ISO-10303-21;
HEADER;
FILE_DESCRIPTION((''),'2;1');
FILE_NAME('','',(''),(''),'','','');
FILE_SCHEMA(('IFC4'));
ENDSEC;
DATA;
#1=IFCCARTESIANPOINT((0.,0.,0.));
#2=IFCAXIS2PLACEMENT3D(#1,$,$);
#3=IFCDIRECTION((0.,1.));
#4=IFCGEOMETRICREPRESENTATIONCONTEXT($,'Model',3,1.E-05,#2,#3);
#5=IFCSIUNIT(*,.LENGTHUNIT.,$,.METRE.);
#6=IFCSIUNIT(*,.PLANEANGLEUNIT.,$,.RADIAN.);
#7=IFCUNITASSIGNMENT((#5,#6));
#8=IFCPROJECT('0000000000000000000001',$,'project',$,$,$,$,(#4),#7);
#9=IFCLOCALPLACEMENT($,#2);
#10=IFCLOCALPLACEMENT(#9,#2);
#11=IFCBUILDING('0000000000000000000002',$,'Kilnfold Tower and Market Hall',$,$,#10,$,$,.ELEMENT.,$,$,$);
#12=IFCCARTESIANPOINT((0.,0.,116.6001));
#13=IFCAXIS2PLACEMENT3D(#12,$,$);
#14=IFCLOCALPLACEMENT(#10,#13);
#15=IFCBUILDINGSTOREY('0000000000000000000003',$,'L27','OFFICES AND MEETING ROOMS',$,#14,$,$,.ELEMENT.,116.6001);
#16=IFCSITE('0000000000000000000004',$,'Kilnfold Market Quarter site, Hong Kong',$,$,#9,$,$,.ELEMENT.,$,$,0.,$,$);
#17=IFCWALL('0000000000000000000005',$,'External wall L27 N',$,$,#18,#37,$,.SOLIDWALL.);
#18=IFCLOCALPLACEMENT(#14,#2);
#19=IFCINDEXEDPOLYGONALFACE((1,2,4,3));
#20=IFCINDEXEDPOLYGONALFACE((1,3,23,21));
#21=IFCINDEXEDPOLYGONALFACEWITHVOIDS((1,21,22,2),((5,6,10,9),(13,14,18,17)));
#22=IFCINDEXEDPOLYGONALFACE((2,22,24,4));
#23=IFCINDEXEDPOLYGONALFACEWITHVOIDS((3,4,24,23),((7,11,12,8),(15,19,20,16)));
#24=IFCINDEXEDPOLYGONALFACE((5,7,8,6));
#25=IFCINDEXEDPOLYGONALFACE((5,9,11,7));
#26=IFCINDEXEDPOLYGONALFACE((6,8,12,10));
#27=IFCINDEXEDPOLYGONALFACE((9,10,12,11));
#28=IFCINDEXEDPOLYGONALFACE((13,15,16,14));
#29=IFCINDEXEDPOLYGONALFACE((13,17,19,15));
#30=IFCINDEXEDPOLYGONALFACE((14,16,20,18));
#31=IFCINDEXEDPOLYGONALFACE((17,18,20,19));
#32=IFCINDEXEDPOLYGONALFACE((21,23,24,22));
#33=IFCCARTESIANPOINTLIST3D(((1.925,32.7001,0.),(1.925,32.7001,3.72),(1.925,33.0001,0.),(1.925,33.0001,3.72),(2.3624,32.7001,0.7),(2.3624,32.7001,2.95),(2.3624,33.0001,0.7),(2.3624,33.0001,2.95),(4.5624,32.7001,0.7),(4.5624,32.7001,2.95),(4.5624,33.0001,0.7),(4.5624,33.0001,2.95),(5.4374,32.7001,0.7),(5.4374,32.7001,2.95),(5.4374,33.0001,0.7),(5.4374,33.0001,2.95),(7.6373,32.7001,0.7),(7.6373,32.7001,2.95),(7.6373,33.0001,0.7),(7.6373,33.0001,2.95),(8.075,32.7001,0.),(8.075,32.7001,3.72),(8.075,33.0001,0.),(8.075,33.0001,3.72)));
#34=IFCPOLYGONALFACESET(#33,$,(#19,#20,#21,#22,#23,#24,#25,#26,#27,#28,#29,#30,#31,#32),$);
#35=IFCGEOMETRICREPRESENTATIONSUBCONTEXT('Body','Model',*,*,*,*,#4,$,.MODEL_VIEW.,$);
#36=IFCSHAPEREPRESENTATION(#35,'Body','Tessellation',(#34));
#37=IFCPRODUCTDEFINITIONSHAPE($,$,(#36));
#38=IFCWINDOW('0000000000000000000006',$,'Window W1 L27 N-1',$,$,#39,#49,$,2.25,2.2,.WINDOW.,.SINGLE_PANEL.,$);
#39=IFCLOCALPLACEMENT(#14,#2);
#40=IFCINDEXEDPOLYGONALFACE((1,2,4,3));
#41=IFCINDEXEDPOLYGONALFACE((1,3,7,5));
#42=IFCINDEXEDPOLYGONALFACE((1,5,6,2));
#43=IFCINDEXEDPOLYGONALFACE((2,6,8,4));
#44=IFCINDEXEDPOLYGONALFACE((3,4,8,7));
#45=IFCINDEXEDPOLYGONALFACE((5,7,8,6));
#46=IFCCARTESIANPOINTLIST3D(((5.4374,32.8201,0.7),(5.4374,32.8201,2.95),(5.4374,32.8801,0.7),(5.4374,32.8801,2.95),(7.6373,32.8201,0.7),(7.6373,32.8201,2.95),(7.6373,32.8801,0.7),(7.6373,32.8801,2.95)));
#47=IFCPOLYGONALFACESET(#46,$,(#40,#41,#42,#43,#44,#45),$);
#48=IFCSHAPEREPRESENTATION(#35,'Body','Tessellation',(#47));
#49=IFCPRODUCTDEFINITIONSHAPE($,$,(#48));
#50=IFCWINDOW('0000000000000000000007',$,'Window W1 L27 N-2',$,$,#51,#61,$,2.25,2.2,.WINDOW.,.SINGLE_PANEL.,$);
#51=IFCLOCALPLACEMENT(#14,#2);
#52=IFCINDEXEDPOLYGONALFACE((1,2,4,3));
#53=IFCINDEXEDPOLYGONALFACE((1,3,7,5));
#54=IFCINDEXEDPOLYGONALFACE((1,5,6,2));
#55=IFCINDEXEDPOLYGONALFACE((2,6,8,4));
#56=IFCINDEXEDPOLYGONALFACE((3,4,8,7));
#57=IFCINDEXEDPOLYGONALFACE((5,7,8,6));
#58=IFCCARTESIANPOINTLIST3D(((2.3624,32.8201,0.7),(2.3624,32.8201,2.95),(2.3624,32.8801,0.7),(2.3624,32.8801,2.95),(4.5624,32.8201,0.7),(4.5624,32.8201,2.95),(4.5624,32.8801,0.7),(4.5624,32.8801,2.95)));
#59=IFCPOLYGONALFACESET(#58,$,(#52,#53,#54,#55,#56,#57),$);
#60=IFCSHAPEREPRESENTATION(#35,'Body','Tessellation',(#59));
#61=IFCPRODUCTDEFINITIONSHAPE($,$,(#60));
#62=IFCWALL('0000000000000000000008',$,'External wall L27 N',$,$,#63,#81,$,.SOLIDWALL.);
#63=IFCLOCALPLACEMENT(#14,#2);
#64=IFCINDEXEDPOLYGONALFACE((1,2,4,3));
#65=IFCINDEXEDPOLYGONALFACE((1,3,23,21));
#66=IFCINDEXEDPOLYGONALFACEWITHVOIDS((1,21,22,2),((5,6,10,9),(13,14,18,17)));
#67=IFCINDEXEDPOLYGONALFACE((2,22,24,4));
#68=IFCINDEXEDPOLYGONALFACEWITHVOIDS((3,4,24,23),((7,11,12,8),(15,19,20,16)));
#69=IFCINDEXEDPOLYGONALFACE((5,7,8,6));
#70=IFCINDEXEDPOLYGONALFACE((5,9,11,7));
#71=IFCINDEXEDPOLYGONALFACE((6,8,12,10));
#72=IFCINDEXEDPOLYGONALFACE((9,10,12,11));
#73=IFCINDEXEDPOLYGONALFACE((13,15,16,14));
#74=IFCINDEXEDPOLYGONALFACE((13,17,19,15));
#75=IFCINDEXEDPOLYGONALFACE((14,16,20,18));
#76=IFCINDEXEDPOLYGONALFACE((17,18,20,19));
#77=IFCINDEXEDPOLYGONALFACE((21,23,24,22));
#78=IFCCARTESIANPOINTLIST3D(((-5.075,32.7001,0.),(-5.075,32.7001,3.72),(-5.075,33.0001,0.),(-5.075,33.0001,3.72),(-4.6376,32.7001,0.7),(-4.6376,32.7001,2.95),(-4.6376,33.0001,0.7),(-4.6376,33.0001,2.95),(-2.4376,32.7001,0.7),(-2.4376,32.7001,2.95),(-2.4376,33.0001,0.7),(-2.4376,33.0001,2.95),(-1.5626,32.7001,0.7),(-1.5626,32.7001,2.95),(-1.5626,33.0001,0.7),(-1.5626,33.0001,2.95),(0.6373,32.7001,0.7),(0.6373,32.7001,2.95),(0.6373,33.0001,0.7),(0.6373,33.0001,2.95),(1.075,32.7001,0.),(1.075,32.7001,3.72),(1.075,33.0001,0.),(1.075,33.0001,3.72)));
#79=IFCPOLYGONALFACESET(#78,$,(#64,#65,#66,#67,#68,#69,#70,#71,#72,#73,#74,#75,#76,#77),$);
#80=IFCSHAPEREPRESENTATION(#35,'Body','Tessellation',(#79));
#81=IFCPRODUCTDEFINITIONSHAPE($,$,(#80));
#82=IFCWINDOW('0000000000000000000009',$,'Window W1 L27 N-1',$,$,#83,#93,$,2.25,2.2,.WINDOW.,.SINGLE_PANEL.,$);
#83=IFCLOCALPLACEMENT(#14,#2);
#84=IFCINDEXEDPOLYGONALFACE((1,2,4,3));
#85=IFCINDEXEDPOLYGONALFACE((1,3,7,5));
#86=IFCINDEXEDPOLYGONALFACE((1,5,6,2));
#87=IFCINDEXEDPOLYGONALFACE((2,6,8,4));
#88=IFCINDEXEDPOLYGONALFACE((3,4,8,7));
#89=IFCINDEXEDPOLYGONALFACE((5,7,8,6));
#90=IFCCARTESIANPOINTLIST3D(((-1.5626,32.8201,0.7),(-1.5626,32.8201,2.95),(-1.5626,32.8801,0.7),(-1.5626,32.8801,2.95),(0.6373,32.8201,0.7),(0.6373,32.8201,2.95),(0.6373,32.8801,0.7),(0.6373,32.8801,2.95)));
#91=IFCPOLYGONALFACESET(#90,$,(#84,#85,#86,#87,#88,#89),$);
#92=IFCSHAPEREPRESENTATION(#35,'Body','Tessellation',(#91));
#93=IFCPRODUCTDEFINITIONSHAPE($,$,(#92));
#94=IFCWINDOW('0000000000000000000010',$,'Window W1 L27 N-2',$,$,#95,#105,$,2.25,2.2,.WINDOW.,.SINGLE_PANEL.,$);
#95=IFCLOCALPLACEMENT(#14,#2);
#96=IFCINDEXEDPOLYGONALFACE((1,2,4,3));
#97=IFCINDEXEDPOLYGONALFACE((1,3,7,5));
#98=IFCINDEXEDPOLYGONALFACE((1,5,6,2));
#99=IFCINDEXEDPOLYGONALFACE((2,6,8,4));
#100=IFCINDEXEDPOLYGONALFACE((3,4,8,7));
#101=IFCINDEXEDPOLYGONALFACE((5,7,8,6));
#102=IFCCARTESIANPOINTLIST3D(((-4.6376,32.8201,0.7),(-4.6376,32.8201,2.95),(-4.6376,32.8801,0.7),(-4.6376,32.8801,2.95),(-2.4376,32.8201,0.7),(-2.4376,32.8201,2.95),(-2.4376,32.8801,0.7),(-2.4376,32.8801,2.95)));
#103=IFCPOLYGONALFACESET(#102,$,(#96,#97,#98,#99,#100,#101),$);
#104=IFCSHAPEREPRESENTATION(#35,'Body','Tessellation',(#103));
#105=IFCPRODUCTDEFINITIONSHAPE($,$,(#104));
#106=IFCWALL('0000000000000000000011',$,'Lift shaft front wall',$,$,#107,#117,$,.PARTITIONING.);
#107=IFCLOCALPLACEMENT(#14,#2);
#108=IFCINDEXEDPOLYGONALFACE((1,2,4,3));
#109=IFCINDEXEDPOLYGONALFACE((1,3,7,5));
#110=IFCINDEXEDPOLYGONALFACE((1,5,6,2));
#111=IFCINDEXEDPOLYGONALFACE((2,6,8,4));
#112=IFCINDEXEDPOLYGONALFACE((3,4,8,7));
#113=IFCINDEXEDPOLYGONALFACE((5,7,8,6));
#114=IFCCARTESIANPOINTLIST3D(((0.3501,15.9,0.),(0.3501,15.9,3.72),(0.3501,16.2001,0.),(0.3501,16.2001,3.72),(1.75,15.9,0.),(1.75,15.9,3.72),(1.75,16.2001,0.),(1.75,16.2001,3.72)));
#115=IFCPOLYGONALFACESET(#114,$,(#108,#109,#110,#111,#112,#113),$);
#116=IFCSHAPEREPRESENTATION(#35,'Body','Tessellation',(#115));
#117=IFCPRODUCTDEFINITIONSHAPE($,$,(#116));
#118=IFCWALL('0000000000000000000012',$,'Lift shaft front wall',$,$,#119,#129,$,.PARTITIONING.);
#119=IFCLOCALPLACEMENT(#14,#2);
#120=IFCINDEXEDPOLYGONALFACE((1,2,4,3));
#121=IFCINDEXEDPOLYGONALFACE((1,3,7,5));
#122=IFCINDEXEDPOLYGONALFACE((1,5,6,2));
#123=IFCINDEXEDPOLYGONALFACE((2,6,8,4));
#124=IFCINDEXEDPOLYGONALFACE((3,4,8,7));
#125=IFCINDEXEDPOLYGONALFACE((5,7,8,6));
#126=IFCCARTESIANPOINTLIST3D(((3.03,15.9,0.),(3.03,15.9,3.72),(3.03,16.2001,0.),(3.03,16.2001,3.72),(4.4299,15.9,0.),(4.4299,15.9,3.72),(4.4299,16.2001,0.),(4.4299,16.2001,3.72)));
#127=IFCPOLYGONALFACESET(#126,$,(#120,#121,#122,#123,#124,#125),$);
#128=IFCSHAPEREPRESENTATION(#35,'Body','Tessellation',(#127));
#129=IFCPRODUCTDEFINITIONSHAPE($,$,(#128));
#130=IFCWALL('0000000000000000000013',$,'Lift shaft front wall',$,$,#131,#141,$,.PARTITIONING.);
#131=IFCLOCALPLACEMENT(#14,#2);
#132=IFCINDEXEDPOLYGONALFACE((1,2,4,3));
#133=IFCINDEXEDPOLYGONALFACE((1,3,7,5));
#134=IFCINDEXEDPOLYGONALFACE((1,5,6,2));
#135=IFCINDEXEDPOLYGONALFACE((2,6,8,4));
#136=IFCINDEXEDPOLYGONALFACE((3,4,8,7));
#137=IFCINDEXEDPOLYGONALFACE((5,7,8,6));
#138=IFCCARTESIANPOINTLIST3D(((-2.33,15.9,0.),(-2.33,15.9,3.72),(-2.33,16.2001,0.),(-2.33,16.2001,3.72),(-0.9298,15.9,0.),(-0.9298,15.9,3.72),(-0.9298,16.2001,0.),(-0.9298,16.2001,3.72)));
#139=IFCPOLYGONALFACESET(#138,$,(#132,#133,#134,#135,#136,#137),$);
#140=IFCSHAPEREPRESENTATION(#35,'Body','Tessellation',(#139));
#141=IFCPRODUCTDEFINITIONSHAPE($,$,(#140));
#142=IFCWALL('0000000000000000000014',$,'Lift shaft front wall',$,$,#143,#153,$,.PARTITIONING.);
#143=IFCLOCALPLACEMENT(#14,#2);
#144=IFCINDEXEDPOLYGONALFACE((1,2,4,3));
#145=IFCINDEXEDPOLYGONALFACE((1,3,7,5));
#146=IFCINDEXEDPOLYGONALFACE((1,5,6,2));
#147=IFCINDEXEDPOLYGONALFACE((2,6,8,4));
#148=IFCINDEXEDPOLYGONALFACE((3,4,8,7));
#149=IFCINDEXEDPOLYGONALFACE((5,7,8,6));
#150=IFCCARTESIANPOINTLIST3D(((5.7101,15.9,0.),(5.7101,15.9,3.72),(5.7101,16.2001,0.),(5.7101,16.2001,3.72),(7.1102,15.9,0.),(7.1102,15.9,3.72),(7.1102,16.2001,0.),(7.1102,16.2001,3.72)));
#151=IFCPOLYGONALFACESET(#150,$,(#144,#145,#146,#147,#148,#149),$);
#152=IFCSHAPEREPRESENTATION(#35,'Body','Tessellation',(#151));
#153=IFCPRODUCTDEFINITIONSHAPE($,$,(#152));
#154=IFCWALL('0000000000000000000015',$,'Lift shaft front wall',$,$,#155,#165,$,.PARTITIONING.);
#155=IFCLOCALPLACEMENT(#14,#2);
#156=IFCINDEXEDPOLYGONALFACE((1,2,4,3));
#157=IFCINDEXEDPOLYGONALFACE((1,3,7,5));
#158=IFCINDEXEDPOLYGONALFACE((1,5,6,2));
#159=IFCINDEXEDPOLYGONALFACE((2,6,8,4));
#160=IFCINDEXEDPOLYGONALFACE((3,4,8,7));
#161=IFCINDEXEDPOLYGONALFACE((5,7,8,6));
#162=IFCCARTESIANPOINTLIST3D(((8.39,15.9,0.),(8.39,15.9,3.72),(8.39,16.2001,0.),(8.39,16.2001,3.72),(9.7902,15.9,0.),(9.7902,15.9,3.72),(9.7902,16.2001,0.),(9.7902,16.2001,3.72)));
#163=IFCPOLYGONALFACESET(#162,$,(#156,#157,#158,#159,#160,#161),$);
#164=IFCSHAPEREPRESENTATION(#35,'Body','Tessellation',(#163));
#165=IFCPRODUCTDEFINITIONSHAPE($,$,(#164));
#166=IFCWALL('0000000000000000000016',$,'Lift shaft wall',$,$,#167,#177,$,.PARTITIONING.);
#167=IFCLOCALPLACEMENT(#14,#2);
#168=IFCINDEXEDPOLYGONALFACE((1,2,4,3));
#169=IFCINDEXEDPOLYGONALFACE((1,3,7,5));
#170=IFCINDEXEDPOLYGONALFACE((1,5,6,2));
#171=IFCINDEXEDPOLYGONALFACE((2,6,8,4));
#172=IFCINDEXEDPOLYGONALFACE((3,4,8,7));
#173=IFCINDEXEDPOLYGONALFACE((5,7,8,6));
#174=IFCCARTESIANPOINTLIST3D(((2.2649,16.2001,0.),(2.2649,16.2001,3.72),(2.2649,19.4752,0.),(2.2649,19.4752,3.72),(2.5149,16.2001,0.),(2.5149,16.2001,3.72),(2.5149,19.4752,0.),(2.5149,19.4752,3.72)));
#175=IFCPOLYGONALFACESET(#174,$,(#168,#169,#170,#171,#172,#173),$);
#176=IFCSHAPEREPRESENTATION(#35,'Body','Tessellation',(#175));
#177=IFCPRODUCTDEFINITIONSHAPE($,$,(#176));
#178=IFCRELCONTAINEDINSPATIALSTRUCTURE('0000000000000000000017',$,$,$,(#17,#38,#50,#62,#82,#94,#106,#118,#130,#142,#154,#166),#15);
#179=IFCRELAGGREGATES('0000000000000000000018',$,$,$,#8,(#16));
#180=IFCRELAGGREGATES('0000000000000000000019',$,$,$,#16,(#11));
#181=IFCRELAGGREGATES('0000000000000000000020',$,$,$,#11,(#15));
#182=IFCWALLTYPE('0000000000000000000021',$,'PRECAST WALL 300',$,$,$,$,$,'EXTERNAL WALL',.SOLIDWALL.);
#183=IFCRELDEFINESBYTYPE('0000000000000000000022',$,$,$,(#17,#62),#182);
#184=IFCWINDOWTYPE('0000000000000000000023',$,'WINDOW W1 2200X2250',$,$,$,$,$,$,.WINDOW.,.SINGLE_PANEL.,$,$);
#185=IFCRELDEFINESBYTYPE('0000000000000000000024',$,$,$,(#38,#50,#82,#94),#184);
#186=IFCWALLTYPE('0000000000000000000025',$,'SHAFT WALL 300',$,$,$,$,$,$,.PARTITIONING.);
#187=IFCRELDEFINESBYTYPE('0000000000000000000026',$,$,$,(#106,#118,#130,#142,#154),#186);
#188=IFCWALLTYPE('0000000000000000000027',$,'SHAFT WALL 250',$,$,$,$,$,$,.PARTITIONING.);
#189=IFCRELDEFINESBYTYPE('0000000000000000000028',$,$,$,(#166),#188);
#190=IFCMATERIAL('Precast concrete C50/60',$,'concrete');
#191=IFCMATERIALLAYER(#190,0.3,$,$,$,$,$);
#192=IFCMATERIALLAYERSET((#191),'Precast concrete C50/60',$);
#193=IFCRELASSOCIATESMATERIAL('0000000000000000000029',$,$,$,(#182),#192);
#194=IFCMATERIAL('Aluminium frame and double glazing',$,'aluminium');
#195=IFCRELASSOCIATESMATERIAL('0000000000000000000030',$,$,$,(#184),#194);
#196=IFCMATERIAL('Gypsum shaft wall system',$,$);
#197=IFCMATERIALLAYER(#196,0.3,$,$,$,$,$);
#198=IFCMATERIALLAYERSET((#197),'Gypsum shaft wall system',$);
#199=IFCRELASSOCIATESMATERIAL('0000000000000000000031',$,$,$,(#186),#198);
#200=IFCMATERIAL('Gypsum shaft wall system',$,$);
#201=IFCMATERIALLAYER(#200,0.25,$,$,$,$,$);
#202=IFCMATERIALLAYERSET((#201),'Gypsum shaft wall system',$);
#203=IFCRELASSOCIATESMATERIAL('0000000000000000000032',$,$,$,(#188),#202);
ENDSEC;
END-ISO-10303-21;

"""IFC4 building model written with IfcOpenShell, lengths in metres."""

from ifc_helpers import new_model, si_unit, direction, frame, frame_2d, origin, place, context, subcontext, project, spatial, rectangle, extrude, source, transform, mapped, material, layer, layer_set, type_object, element, fill, save


model = new_model("IFC4")

# Units and contexts
model_context = context("Model", 3, precision=1e-05, world=origin(), true_north=direction((0.0, 1.0)))
body_context = subcontext(model_context, "Body", "Model", "MODEL_VIEW")
ifc_project = project(units=[si_unit("LENGTHUNIT", "METRE"), si_unit("PLANEANGLEUNIT", "RADIAN")], contexts=[model_context])

# Site, building, storey
site_placement = place(None, origin())
site = spatial("IfcSite", under=ifc_project, at=site_placement, Name="Kilnfold Market Quarter site, Hong Kong", CompositionType="ELEMENT", RefElevation=0.0)
building_placement = place(site_placement, origin())
building = spatial("IfcBuilding", under=site, at=building_placement, Name="Kilnfold Tower and Market Hall", CompositionType="ELEMENT")
storey_placement = place(building_placement, frame((0.0, 0.0, 116.6001)))
storey = spatial("IfcBuildingStorey", under=building, at=storey_placement, Name="L27", Description="OFFICES AND MEETING ROOMS", CompositionType="ELEMENT", Elevation=116.6001)

# Walls, openings, windows
ifc_material_1 = material(Name="Precast concrete C50/60", Category="concrete")
ifc_layer_1 = layer(ifc_material_1, 0.3)
ifc_layer_set_1 = layer_set([ifc_layer_1], Name="Precast concrete C50/60")
wall_type_1 = type_object("IfcWallType", Name="PRECAST WALL 300", ElementType="EXTERNAL WALL", PredefinedType="SOLIDWALL", material=ifc_layer_set_1)
shared_shape_1 = source(origin(), body_context, "Body", "SweptSolid", [
    extrude(rectangle(XDim=6.1499, YDim=0.3, at=frame_2d((3.075, 0.0))), origin(), (0.0, 0.0, 1.0), 3.72),
])
wall_1_placement = place(storey_placement, frame((8.075, 32.8501, 0.0), z_axis=(0.0, 0.0, 1.0), x_axis=(-1.0, 0.0, 0.0)))
wall_1 = element("IfcWall", 1, at=wall_1_placement, inside=storey, type_object=wall_type_1, Name="External wall L27 N", PredefinedType="SOLIDWALL", context=body_context, shape_type="MappedRepresentation", body=[
    mapped(shared_shape_1, transform((0.0, 0.0, 0.0))),
])
opening_1_placement = place(wall_1_placement, frame((0.4375, 0.0, 0.7)))
opening_1 = element("IfcOpeningElement", 2, at=opening_1_placement, cuts=wall_1, PredefinedType="OPENING", context=body_context, shape_type="SweptSolid", body=[
    extrude(rectangle(XDim=2.2, YDim=2.25, at=frame_2d((1.1001, 1.125))), frame((0.0, 0.1602, 0.0), z_axis=(0.0, -1.0, 0.0), x_axis=(1.0, 0.0, 0.0)), (0.0, 0.0, 1.0), 0.3201),
])
opening_2_placement = place(wall_1_placement, frame((3.5125, 0.0, 0.7)))
opening_2 = element("IfcOpeningElement", 3, at=opening_2_placement, cuts=wall_1, PredefinedType="OPENING", context=body_context, shape_type="SweptSolid", body=[
    extrude(rectangle(XDim=2.2, YDim=2.25, at=frame_2d((1.1001, 1.125))), frame((0.0, 0.1602, 0.0), z_axis=(0.0, -1.0, 0.0), x_axis=(1.0, 0.0, 0.0)), (0.0, 0.0, 1.0), 0.3201),
])
ifc_material_2 = material(Name="Aluminium frame and double glazing", Category="aluminium")
window_type = type_object("IfcWindowType", Name="WINDOW W1 2200X2250", PartitioningType="SINGLE_PANEL", PredefinedType="WINDOW", material=ifc_material_2)
window_1_placement = place(opening_1_placement, origin())
window_1 = element("IfcWindow", 4, at=window_1_placement, inside=storey, type_object=window_type, Name="Window W1 L27 N-1", OverallHeight=2.25, OverallWidth=2.2, PartitioningType="SINGLE_PANEL", PredefinedType="WINDOW", context=body_context, shape_type="SweptSolid", body=[
    extrude(rectangle(XDim=2.2, YDim=2.25, at=frame_2d((1.1001, 1.125))), frame((0.0, 0.03, 0.0), z_axis=(0.0, -1.0, 0.0), x_axis=(1.0, 0.0, 0.0)), (0.0, 0.0, 1.0), 0.0601),
])
fill(opening_1, window_1)
window_2_placement = place(opening_2_placement, origin())
window_2 = element("IfcWindow", 5, at=window_2_placement, inside=storey, type_object=window_type, Name="Window W1 L27 N-2", OverallHeight=2.25, OverallWidth=2.2, PartitioningType="SINGLE_PANEL", PredefinedType="WINDOW", context=body_context, shape_type="SweptSolid", body=[
    extrude(rectangle(XDim=2.2, YDim=2.25, at=frame_2d((1.1001, 1.125))), frame((0.0, 0.03, 0.0), z_axis=(0.0, -1.0, 0.0), x_axis=(1.0, 0.0, 0.0)), (0.0, 0.0, 1.0), 0.0601),
])
fill(opening_2, window_2)
wall_2_placement = place(storey_placement, frame((1.075, 32.8501, 0.0), z_axis=(0.0, 0.0, 1.0), x_axis=(-1.0, 0.0, 0.0)))
wall_2 = element("IfcWall", 6, at=wall_2_placement, inside=storey, type_object=wall_type_1, Name="External wall L27 N", PredefinedType="SOLIDWALL", context=body_context, shape_type="MappedRepresentation", body=[
    mapped(shared_shape_1, transform((0.0, 0.0, 0.0))),
])
opening_3_placement = place(wall_2_placement, frame((0.4375, 0.0, 0.7)))
opening_3 = element("IfcOpeningElement", 7, at=opening_3_placement, cuts=wall_2, PredefinedType="OPENING", context=body_context, shape_type="SweptSolid", body=[
    extrude(rectangle(XDim=2.2, YDim=2.25, at=frame_2d((1.1001, 1.125))), frame((0.0, 0.1602, 0.0), z_axis=(0.0, -1.0, 0.0), x_axis=(1.0, 0.0, 0.0)), (0.0, 0.0, 1.0), 0.3201),
])
opening_4_placement = place(wall_2_placement, frame((3.5125, 0.0, 0.7)))
opening_4 = element("IfcOpeningElement", 8, at=opening_4_placement, cuts=wall_2, PredefinedType="OPENING", context=body_context, shape_type="SweptSolid", body=[
    extrude(rectangle(XDim=2.2, YDim=2.25, at=frame_2d((1.1001, 1.125))), frame((0.0, 0.1602, 0.0), z_axis=(0.0, -1.0, 0.0), x_axis=(1.0, 0.0, 0.0)), (0.0, 0.0, 1.0), 0.3201),
])
window_3_placement = place(opening_3_placement, origin())
window_3 = element("IfcWindow", 9, at=window_3_placement, inside=storey, type_object=window_type, Name="Window W1 L27 N-1", OverallHeight=2.25, OverallWidth=2.2, PartitioningType="SINGLE_PANEL", PredefinedType="WINDOW", context=body_context, shape_type="SweptSolid", body=[
    extrude(rectangle(XDim=2.2, YDim=2.25, at=frame_2d((1.1001, 1.125))), frame((0.0, 0.03, 0.0), z_axis=(0.0, -1.0, 0.0), x_axis=(1.0, 0.0, 0.0)), (0.0, 0.0, 1.0), 0.0601),
])
fill(opening_3, window_3)
window_4_placement = place(opening_4_placement, origin())
window_4 = element("IfcWindow", 10, at=window_4_placement, inside=storey, type_object=window_type, Name="Window W1 L27 N-2", OverallHeight=2.25, OverallWidth=2.2, PartitioningType="SINGLE_PANEL", PredefinedType="WINDOW", context=body_context, shape_type="SweptSolid", body=[
    extrude(rectangle(XDim=2.2, YDim=2.25, at=frame_2d((1.1001, 1.125))), frame((0.0, 0.03, 0.0), z_axis=(0.0, -1.0, 0.0), x_axis=(1.0, 0.0, 0.0)), (0.0, 0.0, 1.0), 0.0601),
])
fill(opening_4, window_4)

# Walls
ifc_material_3 = material(Name="Gypsum shaft wall system")
ifc_layer_2 = layer(ifc_material_3, 0.3)
ifc_layer_set_2 = layer_set([ifc_layer_2], Name="Gypsum shaft wall system")
wall_type_2 = type_object("IfcWallType", Name="SHAFT WALL 300", PredefinedType="PARTITIONING", material=ifc_layer_set_2)
shared_shape_2 = source(origin(), body_context, "Body", "SweptSolid", [
    extrude(rectangle(XDim=1.3999, YDim=0.3, at=frame_2d((0.7, 0.0))), origin(), (0.0, 0.0, 1.0), 3.72),
])
for number, where, z_axis, x_axis, name in (
    (11, (0.3501, 16.05, 0.0), (0.0, 0.0, 1.0), (1.0, 0.0, 0.0), "Lift shaft front wall"),
    (12, (3.03, 16.05, 0.0), (0.0, 0.0, 1.0), (1.0, 0.0, 0.0), "Lift shaft front wall"),
):
    element("IfcWall", number, at=place(storey_placement, frame(where, z_axis=z_axis, x_axis=x_axis)), inside=storey, type_object=wall_type_2, Name=name, PredefinedType="PARTITIONING", context=body_context, shape_type="MappedRepresentation", body=[
        mapped(shared_shape_2, transform((0.0, 0.0, 0.0))),
    ])
shared_shape_3 = source(origin(), body_context, "Body", "SweptSolid", [
    extrude(rectangle(XDim=1.4001, YDim=0.3, at=frame_2d((0.7002, 0.0))), origin(), (0.0, 0.0, 1.0), 3.72),
])
for number, where, z_axis, x_axis, name in (
    (13, (-2.3301, 16.05, 0.0), (0.0, 0.0, 1.0), (1.0, 0.0, 0.0), "Lift shaft front wall"),
    (14, (5.71, 16.05, 0.0), (0.0, 0.0, 1.0), (1.0, 0.0, 0.0), "Lift shaft front wall"),
    (15, (8.3899, 16.05, 0.0), (0.0, 0.0, 1.0), (1.0, 0.0, 0.0), "Lift shaft front wall"),
):
    element("IfcWall", number, at=place(storey_placement, frame(where, z_axis=z_axis, x_axis=x_axis)), inside=storey, type_object=wall_type_2, Name=name, PredefinedType="PARTITIONING", context=body_context, shape_type="MappedRepresentation", body=[
        mapped(shared_shape_3, transform((0.0, 0.0, 0.0))),
    ])
ifc_material_4 = material(Name="Gypsum shaft wall system")
ifc_layer_3 = layer(ifc_material_4, 0.25)
ifc_layer_set_3 = layer_set([ifc_layer_3], Name="Gypsum shaft wall system")
wall_type_3 = type_object("IfcWallType", Name="SHAFT WALL 250", PredefinedType="PARTITIONING", material=ifc_layer_set_3)
shared_shape_4 = source(origin(), body_context, "Body", "SweptSolid", [
    extrude(rectangle(XDim=3.2751, YDim=0.25, at=frame_2d((1.6377, 0.0))), origin(), (0.0, 0.0, 1.0), 3.72),
])
for number, where, z_axis, x_axis, name in (
    (16, (2.3899, 16.2, 0.0), (0.0, 0.0, 1.0), (0.0, 1.0, 0.0), "Lift shaft wall"),
):
    element("IfcWall", number, at=place(storey_placement, frame(where, z_axis=z_axis, x_axis=x_axis)), inside=storey, type_object=wall_type_3, Name=name, PredefinedType="PARTITIONING", context=body_context, shape_type="MappedRepresentation", body=[
        mapped(shared_shape_4, transform((0.0, 0.0, 0.0))),
    ])

save(model, "model.ifc")
